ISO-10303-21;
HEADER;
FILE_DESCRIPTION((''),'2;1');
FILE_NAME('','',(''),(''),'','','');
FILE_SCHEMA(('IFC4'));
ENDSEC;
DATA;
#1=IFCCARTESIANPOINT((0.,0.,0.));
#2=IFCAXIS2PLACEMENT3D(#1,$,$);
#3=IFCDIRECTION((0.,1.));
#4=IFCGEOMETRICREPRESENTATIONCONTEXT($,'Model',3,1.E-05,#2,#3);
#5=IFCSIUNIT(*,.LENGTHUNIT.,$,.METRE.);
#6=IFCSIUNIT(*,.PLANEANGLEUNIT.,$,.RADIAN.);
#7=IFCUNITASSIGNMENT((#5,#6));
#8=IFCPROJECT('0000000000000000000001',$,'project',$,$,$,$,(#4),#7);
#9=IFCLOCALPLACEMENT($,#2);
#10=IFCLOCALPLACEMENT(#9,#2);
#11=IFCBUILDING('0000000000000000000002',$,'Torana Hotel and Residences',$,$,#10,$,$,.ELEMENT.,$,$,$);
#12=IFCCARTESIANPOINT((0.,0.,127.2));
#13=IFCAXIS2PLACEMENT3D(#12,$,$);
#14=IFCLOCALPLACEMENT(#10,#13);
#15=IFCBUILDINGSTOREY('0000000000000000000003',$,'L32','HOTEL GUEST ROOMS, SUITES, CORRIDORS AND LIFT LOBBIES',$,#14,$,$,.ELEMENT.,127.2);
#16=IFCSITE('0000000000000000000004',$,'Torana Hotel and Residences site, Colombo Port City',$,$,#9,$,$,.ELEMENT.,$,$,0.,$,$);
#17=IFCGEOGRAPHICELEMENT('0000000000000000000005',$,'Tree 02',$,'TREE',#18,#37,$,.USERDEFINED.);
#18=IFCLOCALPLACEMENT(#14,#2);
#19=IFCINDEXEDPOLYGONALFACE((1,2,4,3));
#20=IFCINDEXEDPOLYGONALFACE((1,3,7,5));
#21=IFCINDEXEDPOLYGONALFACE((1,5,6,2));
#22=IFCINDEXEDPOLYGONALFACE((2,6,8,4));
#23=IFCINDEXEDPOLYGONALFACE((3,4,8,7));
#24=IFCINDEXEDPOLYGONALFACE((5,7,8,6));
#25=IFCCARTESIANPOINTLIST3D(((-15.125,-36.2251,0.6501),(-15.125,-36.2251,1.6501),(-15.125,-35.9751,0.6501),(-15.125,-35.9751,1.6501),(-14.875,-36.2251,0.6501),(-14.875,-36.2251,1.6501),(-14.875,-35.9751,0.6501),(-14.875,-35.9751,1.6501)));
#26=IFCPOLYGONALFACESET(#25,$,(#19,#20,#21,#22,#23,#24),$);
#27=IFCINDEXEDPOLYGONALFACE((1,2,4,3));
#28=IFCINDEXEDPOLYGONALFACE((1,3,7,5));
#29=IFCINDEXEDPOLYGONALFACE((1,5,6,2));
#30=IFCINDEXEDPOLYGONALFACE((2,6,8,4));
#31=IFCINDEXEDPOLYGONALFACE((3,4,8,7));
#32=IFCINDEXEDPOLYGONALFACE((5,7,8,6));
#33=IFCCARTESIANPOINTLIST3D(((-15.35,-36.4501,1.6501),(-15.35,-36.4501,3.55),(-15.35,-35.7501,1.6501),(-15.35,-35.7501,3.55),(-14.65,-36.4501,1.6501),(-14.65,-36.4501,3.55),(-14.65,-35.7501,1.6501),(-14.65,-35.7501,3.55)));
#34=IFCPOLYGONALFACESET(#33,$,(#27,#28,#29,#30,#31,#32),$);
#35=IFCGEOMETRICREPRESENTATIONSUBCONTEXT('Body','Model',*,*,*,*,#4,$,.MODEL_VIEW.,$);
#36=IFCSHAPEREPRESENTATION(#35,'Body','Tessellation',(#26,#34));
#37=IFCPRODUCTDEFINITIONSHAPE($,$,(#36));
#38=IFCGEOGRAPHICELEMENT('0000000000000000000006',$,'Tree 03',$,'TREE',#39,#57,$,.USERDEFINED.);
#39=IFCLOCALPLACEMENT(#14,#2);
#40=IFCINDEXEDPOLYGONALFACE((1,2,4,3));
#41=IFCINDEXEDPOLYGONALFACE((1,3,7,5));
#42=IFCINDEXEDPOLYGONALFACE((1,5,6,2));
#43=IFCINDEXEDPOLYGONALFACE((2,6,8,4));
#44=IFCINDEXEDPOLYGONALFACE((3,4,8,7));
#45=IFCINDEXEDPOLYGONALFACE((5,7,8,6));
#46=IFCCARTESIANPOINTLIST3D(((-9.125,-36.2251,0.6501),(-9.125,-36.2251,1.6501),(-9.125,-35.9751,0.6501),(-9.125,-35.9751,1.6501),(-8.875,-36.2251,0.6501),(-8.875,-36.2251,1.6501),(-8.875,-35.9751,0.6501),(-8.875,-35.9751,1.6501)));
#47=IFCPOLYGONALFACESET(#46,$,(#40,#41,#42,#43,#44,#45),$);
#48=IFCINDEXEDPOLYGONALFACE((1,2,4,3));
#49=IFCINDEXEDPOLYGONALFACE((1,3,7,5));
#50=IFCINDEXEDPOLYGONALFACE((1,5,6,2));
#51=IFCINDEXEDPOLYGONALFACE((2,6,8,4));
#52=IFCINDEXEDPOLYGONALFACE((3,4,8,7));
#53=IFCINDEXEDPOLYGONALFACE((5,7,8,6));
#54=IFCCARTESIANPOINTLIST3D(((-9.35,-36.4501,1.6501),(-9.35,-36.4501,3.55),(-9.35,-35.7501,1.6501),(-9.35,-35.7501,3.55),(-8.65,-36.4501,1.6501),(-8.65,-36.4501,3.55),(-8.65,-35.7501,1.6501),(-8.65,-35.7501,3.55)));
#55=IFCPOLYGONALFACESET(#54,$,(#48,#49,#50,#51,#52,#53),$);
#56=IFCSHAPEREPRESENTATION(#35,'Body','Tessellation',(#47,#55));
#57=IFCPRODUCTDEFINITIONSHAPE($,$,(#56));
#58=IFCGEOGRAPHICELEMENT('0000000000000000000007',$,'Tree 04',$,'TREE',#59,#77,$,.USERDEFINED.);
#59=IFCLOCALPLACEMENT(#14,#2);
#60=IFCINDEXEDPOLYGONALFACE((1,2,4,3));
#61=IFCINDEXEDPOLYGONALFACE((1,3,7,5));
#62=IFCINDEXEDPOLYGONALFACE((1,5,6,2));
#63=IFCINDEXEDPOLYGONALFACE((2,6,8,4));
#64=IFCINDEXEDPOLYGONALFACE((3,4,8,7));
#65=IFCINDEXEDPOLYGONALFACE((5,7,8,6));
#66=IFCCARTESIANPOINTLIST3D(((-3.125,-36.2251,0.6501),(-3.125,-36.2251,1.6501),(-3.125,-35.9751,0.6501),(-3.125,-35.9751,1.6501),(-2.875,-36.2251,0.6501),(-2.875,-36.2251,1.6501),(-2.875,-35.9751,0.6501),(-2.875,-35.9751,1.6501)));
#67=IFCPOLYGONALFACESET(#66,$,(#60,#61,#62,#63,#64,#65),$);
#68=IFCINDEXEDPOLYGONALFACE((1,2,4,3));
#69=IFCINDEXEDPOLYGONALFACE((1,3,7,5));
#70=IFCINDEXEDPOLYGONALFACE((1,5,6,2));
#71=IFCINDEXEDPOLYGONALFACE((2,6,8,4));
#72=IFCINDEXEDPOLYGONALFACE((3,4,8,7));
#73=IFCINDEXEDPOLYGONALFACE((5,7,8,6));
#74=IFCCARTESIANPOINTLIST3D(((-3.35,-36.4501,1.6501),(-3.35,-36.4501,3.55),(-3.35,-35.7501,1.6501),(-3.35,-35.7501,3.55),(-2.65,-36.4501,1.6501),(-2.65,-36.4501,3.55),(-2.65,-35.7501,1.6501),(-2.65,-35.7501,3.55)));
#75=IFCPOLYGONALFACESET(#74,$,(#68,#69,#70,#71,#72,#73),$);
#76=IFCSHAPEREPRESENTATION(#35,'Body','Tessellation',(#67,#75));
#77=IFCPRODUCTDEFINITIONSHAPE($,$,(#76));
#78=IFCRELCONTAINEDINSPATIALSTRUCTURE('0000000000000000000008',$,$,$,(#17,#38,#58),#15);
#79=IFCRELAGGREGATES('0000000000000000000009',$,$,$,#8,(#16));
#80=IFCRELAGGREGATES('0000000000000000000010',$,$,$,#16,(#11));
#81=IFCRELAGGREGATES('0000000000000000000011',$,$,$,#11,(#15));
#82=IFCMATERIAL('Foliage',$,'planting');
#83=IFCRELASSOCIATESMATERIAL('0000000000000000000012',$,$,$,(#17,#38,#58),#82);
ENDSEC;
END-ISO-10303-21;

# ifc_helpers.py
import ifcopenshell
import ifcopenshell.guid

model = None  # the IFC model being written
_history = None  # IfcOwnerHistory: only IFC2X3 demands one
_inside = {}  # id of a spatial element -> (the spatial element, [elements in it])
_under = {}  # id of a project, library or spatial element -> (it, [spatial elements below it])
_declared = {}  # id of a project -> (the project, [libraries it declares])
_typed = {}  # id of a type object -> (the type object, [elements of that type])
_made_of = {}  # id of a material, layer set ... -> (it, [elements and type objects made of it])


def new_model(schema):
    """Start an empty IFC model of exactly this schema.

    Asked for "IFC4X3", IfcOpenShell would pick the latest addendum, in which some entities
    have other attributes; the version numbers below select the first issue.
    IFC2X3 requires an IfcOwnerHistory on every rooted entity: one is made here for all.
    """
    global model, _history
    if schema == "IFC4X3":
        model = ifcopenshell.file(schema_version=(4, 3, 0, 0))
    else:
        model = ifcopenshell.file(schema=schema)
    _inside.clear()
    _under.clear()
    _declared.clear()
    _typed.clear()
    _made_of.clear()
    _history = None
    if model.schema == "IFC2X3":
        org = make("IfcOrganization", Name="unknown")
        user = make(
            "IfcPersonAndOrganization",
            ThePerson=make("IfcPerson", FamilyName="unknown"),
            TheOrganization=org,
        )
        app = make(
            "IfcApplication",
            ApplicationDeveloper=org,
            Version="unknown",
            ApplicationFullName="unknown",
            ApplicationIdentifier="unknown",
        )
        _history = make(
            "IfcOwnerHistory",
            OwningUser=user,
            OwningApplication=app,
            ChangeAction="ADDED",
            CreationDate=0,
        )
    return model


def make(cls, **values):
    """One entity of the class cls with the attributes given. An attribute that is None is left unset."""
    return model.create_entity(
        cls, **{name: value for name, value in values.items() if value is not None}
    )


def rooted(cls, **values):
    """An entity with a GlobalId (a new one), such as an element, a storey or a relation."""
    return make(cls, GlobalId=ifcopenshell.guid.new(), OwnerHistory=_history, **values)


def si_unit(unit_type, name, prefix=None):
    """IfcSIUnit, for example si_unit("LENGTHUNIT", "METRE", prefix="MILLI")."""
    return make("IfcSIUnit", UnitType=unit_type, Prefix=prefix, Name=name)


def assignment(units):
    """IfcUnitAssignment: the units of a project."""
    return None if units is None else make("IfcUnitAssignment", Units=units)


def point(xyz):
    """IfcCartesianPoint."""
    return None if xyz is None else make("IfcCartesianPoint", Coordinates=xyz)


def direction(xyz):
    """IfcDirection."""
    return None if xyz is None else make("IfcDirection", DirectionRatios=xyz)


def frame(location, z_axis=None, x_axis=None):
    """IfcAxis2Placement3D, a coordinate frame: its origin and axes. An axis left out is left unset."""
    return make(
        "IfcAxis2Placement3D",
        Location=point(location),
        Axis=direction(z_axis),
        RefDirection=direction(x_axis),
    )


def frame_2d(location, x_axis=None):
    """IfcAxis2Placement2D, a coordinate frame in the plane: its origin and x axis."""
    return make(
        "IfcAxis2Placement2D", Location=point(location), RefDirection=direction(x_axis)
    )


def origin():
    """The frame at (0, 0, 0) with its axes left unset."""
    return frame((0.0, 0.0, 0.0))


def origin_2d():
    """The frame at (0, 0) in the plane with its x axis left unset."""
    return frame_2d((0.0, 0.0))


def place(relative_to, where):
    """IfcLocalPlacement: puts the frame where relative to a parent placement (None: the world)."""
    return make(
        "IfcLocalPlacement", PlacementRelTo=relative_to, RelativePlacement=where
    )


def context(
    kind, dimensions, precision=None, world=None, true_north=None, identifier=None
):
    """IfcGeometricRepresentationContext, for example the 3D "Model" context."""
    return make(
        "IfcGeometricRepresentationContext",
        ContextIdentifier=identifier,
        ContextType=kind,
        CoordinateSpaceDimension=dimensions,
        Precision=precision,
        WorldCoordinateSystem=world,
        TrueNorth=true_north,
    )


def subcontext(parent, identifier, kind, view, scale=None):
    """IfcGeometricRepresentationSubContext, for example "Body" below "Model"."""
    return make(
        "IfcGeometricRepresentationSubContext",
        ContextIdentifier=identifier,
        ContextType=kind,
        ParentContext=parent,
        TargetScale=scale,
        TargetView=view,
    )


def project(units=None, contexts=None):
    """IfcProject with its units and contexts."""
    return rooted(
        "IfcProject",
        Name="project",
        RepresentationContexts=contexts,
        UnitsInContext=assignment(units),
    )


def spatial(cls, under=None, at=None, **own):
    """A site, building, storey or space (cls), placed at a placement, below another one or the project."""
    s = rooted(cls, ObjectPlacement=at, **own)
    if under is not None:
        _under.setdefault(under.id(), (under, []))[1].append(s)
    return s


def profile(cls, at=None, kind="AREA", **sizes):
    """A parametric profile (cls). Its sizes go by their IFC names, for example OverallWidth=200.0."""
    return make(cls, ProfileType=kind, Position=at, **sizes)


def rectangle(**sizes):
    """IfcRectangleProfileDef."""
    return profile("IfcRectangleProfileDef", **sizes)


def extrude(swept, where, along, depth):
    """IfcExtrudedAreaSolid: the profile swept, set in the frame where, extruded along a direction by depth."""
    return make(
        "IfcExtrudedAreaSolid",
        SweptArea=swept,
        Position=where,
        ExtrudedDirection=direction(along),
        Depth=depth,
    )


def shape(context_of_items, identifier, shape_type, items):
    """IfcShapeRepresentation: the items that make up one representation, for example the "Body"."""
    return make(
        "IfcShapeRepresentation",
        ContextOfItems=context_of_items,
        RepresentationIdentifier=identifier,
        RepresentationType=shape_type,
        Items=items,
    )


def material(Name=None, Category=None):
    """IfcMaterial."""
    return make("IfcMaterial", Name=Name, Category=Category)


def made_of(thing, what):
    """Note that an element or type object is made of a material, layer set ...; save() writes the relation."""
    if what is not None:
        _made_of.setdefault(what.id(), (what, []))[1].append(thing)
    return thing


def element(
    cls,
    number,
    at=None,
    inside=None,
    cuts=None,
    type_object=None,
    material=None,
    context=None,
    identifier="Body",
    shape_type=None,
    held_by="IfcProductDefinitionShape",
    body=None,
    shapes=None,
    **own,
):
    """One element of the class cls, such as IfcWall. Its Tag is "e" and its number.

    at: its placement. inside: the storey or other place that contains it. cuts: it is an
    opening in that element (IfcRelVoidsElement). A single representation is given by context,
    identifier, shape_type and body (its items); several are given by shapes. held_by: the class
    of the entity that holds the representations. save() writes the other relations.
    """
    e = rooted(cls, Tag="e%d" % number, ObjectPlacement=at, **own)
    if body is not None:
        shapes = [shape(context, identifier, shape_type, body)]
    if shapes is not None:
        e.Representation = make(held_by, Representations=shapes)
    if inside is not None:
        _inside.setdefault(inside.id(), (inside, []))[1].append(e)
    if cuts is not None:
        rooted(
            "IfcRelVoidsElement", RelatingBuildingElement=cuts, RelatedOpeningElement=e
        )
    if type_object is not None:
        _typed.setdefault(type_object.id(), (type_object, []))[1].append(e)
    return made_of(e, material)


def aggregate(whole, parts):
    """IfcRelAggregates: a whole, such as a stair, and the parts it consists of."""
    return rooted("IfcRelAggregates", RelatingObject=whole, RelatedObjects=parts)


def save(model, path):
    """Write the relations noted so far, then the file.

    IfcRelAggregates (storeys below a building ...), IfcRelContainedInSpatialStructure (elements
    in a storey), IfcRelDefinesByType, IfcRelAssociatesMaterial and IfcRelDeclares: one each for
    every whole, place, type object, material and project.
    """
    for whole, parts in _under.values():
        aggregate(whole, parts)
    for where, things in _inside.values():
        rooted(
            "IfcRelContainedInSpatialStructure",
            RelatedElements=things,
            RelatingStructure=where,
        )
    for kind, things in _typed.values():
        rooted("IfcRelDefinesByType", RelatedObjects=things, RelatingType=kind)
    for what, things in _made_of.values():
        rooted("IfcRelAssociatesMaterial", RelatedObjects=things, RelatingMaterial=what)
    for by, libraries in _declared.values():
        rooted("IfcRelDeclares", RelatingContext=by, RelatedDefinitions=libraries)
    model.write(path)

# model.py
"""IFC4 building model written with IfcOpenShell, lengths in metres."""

from ifc_helpers import new_model, si_unit, direction, frame, origin, origin_2d, place, context, subcontext, project, spatial, rectangle, extrude, material, element, save


model = new_model("IFC4")

# Units and contexts
model_context = context("Model", 3, precision=1e-05, world=origin(), true_north=direction((0.0, 1.0)))
body_context = subcontext(model_context, "Body", "Model", "MODEL_VIEW")
ifc_project = project(units=[si_unit("LENGTHUNIT", "METRE"), si_unit("PLANEANGLEUNIT", "RADIAN")], contexts=[model_context])

# Site, building, storey
site_placement = place(None, origin())
site = spatial("IfcSite", under=ifc_project, at=site_placement, Name="Torana Hotel and Residences site, Colombo Port City", CompositionType="ELEMENT", RefElevation=0.0)
building_placement = place(site_placement, origin())
building = spatial("IfcBuilding", under=site, at=building_placement, Name="Torana Hotel and Residences", CompositionType="ELEMENT")
storey_placement = place(building_placement, frame((0.0, 0.0, 127.2)))
storey = spatial("IfcBuildingStorey", under=building, at=storey_placement, Name="L32", Description="HOTEL GUEST ROOMS, SUITES, CORRIDORS AND LIFT LOBBIES", CompositionType="ELEMENT", Elevation=127.2)

# Geographic elements
ifc_material_1 = material(Name="Foliage", Category="planting")
for number, where, z_axis, x_axis, name in (
    (1, (-15.0, -36.1001, 0.6501), (0.0, 0.0, 1.0), (1.0, 0.0, 0.0), "Tree 02"),
    (2, (-9.0, -36.1001, 0.6501), (0.0, 0.0, 1.0), (1.0, 0.0, 0.0), "Tree 03"),
    (3, (-3.0, -36.1001, 0.6501), (0.0, 0.0, 1.0), (1.0, 0.0, 0.0), "Tree 04"),
):
    element("IfcGeographicElement", number, at=place(storey_placement, frame(where, z_axis=z_axis, x_axis=x_axis)), inside=storey, material=ifc_material_1, Name=name, ObjectType="TREE", PredefinedType="USERDEFINED", context=body_context, shape_type="SweptSolid", body=[
        extrude(rectangle(XDim=0.25, YDim=0.25, at=origin_2d()), origin(), (0.0, 0.0, 1.0), 1.0),
        extrude(rectangle(XDim=0.7, YDim=0.7, at=origin_2d()), frame((0.0, 0.0, 1.0)), (0.0, 0.0, 1.0), 1.8999),
    ])

save(model, "model.ifc")
